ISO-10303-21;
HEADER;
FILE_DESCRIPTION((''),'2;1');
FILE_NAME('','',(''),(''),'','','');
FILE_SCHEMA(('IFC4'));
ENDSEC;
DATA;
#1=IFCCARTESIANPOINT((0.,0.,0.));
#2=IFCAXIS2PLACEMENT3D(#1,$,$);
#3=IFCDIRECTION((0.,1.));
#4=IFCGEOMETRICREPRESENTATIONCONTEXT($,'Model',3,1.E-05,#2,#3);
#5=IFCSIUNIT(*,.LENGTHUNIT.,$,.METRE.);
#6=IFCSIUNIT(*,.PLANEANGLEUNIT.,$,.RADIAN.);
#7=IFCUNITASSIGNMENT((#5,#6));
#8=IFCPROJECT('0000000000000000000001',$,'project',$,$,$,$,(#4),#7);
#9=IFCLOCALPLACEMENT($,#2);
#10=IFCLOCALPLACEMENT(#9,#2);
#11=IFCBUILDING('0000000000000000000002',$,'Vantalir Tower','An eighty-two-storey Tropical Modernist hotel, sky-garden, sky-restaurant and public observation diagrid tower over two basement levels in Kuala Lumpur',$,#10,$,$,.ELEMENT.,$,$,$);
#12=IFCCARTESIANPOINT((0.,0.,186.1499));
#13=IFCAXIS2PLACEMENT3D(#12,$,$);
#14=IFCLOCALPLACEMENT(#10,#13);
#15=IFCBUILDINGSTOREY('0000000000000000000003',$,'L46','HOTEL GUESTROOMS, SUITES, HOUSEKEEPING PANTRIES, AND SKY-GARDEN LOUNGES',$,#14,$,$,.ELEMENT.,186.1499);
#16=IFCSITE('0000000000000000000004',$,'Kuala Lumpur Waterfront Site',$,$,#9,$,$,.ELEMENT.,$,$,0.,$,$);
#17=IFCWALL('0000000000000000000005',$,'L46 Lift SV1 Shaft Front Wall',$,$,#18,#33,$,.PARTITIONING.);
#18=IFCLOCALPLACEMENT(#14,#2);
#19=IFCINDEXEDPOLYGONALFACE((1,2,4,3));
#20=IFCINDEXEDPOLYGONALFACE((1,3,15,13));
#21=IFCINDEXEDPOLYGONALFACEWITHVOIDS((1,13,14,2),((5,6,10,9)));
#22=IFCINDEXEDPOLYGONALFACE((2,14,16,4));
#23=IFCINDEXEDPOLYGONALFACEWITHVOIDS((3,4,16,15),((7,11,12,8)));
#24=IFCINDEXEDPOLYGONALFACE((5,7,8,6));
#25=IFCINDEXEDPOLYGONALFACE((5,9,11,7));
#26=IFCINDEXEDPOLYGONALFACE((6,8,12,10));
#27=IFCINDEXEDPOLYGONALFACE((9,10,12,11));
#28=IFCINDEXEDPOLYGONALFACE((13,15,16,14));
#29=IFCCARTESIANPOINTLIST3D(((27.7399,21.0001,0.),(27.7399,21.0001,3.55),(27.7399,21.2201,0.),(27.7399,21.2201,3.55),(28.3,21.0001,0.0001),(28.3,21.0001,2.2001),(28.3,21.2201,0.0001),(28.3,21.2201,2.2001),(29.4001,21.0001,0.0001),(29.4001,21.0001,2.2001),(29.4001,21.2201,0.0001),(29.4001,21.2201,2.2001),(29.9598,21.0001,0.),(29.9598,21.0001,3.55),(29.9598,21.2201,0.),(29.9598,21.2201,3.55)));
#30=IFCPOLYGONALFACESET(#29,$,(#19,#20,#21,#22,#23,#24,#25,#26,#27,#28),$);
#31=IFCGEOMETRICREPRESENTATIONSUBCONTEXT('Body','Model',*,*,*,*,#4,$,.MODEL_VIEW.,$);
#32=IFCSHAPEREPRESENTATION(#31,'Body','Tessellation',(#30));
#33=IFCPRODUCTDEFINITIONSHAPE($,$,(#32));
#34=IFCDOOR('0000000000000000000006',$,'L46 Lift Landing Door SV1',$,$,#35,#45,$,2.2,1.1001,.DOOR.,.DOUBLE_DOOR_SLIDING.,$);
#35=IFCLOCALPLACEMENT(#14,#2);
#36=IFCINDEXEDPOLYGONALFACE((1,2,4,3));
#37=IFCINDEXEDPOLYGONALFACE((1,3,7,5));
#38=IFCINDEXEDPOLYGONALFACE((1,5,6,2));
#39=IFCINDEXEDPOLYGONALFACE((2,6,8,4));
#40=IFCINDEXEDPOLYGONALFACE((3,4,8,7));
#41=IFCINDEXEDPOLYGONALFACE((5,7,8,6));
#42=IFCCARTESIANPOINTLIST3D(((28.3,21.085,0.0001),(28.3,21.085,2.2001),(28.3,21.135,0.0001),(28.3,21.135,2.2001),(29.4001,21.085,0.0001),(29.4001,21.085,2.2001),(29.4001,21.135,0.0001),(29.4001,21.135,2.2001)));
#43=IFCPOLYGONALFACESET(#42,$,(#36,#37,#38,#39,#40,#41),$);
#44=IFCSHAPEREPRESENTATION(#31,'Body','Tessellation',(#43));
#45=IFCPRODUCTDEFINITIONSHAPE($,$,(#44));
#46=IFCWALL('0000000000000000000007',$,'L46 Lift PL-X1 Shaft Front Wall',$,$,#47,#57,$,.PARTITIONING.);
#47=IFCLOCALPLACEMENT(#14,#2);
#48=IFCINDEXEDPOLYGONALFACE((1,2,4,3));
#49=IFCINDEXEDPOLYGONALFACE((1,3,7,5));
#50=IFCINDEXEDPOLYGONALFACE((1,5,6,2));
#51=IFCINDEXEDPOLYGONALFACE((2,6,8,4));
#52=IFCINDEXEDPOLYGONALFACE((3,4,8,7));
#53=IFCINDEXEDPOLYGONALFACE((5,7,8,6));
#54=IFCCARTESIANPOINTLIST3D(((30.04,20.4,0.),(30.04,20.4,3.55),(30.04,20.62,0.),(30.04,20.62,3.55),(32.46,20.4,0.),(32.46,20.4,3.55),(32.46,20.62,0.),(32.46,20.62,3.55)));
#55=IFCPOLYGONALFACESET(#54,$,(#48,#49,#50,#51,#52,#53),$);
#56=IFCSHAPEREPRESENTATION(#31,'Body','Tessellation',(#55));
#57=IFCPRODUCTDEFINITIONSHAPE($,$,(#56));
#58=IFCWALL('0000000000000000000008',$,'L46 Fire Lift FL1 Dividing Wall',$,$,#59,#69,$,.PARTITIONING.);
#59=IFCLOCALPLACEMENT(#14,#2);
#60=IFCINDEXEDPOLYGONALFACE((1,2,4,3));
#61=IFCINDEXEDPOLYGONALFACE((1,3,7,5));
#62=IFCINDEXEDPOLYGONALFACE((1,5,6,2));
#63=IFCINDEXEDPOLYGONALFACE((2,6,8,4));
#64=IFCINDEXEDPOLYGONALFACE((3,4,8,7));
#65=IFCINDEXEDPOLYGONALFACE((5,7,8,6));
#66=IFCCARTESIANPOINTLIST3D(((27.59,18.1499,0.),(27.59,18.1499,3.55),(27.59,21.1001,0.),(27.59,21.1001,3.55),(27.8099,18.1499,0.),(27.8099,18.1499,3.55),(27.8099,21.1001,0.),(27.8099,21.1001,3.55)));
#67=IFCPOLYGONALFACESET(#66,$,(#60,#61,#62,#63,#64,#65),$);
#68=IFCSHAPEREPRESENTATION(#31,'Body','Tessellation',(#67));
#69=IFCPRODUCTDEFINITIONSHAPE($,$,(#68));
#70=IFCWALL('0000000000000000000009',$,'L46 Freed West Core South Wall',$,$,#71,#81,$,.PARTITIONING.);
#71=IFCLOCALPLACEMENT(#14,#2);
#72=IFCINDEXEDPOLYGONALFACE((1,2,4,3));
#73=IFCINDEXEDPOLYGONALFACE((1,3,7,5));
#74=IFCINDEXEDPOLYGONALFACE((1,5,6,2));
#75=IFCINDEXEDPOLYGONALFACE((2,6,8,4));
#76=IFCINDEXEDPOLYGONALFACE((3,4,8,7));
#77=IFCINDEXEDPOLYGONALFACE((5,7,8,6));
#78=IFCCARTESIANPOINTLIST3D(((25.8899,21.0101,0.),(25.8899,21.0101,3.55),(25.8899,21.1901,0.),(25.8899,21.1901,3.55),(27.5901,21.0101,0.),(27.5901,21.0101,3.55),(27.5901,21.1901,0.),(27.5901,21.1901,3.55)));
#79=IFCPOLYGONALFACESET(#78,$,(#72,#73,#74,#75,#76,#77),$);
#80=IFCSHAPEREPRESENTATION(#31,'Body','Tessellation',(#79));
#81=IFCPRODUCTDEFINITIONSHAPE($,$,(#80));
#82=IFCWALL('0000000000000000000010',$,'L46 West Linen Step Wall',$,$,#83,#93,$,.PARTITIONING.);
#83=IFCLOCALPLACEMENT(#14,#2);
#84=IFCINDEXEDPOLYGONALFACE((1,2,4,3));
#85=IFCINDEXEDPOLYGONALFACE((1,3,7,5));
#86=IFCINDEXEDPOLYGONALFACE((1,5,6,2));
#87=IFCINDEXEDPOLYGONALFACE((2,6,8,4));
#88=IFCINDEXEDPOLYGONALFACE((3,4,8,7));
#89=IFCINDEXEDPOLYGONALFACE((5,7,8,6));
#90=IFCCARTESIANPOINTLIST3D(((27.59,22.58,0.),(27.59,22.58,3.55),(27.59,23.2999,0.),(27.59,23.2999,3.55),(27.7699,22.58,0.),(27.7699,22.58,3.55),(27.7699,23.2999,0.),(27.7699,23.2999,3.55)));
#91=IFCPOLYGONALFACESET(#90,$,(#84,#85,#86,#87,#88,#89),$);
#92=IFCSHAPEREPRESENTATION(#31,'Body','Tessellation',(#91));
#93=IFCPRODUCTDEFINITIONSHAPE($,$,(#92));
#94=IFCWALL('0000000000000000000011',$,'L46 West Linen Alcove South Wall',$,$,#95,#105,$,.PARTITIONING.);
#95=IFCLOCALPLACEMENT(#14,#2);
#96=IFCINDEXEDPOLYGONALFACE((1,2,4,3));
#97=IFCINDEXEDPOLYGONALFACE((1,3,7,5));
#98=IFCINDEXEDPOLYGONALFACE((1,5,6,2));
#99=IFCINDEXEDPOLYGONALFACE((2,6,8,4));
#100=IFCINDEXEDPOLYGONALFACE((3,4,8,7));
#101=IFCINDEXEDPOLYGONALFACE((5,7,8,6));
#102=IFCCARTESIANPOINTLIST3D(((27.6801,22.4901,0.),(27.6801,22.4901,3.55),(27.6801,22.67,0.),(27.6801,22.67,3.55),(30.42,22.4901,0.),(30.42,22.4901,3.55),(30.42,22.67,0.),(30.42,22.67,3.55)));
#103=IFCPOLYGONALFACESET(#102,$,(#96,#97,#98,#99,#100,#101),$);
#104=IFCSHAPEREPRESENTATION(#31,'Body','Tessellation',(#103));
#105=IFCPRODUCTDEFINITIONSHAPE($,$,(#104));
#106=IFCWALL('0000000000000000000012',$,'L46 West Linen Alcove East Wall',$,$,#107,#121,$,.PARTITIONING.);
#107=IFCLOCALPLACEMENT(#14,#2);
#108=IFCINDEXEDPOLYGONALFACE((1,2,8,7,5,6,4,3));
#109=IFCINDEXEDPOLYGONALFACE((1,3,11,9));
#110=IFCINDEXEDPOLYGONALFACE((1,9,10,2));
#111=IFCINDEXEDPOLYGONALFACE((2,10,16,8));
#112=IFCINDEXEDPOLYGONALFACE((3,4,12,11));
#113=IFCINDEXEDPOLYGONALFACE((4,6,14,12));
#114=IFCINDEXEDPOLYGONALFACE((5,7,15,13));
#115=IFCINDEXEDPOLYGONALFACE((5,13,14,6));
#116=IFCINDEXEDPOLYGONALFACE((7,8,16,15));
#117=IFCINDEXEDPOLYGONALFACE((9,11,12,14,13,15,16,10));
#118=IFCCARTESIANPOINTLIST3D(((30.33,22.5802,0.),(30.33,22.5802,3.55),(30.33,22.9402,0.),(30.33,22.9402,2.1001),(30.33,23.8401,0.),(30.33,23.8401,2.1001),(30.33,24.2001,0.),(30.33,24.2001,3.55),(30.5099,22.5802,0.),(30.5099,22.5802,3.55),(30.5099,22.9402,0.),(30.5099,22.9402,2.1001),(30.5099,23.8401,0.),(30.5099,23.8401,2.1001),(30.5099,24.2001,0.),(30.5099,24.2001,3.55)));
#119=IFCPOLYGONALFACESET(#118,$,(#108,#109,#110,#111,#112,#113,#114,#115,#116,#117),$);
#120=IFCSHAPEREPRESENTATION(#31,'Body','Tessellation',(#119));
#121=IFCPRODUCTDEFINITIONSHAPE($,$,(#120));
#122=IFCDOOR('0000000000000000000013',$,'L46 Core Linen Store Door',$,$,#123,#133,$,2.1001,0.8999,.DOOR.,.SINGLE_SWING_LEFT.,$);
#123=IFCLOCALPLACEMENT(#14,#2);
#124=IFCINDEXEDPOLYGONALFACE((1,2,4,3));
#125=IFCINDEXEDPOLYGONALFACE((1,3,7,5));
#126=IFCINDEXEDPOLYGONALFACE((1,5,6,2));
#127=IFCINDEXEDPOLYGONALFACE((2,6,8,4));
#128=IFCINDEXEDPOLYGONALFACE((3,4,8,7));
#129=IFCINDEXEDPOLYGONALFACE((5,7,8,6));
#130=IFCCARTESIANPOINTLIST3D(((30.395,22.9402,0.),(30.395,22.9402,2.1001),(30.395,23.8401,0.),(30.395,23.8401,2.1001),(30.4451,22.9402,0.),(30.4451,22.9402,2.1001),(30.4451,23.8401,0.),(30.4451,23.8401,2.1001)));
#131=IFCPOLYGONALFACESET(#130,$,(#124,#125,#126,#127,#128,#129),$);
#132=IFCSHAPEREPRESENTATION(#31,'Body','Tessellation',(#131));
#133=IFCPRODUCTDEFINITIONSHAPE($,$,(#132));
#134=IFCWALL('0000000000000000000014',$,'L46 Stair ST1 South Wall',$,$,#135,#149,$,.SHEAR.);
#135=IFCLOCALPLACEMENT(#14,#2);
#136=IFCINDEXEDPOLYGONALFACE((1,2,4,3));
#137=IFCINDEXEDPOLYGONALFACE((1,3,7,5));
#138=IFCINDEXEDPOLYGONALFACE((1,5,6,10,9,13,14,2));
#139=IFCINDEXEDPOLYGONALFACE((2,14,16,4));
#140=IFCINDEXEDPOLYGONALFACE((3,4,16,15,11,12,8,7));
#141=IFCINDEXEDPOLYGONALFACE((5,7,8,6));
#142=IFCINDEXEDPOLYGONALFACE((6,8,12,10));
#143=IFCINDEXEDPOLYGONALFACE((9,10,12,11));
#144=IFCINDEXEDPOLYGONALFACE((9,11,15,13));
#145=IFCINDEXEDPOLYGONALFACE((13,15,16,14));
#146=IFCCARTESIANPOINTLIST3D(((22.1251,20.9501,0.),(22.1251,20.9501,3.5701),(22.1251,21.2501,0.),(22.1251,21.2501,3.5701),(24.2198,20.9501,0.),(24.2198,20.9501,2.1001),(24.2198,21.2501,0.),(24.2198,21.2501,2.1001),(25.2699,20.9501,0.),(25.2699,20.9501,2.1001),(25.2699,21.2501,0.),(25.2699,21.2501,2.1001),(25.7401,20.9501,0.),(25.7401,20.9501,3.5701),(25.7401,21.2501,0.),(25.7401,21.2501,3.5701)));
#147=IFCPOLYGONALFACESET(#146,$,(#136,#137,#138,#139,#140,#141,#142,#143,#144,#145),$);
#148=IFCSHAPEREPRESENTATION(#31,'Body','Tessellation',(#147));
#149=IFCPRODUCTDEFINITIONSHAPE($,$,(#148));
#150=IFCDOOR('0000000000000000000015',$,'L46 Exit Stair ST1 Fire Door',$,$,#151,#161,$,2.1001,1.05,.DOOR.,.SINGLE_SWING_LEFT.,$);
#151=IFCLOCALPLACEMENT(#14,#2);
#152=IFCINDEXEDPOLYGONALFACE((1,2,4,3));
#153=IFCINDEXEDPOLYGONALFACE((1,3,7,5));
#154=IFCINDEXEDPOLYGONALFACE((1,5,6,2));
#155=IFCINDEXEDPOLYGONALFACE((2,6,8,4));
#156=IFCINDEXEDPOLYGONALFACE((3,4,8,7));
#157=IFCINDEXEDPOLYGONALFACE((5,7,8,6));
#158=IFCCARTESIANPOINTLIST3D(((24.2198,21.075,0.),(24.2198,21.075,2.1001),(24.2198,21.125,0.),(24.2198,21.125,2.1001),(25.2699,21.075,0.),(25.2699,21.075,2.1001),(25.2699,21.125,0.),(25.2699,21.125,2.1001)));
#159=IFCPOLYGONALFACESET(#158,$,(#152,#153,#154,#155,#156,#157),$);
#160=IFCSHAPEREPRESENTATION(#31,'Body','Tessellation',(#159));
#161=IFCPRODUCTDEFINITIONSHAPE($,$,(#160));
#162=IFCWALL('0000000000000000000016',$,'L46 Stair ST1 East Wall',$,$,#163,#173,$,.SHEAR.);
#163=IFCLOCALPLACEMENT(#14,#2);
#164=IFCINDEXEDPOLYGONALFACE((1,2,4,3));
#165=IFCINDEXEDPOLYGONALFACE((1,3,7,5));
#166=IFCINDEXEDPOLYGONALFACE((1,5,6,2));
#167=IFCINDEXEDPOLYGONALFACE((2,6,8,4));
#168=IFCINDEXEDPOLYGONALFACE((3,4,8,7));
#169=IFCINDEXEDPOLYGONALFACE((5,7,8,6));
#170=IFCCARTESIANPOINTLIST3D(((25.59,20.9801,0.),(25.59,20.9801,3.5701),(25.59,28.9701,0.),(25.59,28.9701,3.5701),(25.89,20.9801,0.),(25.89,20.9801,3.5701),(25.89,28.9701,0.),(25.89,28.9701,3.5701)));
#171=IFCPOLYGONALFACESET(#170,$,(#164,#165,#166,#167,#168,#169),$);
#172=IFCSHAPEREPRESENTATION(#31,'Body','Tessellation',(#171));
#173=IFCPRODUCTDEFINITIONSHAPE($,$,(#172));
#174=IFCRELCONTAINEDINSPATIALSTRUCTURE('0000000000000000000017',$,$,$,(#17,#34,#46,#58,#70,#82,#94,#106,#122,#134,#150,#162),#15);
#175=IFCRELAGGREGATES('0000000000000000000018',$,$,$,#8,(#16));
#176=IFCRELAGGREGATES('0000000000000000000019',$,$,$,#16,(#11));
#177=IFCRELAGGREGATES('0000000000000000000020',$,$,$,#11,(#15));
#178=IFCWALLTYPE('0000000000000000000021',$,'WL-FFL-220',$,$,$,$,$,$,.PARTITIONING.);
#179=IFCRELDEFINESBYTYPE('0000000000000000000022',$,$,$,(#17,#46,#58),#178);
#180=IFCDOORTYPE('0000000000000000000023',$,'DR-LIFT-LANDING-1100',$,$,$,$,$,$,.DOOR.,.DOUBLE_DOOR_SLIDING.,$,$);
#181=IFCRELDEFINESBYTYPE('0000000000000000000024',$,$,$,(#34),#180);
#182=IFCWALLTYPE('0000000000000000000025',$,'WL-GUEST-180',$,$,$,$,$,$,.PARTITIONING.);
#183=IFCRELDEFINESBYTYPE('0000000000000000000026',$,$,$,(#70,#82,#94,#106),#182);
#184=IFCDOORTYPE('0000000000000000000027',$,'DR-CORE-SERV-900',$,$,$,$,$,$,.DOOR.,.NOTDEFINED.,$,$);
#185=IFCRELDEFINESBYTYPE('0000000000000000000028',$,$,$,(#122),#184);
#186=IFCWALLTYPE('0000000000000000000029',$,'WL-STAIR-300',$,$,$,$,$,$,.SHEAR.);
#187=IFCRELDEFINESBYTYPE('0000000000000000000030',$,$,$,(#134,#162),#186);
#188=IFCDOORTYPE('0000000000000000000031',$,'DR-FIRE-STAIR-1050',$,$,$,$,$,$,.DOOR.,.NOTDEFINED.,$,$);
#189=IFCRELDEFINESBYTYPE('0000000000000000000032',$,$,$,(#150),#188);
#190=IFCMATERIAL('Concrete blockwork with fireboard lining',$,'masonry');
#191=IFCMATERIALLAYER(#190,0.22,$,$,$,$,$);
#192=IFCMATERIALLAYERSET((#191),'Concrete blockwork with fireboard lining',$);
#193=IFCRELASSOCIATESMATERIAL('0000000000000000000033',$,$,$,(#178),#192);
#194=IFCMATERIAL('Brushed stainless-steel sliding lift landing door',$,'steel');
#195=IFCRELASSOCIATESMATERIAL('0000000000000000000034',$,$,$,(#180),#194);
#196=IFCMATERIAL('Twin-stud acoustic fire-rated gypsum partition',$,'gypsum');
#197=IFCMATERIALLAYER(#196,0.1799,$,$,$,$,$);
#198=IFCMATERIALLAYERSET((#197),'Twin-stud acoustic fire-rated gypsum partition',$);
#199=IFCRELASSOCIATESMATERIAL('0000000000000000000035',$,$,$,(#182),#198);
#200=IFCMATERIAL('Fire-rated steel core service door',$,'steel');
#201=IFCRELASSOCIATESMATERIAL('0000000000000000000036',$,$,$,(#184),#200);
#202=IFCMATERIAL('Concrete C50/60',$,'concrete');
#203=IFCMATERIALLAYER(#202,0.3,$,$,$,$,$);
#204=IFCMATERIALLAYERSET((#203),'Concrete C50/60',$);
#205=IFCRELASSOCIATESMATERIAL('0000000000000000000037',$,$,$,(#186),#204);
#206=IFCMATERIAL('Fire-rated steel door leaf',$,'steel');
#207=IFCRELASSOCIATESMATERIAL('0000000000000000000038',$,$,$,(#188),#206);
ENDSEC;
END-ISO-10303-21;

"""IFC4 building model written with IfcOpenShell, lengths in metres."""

from ifc_helpers import new_model, si_unit, direction, frame, frame_2d, origin, place, context, subcontext, project, spatial, rectangle, extrude, material, layer, layer_set, type_object, element, fill, save


model = new_model("IFC4")

# Units and contexts
model_context = context("Model", 3, precision=1e-05, world=origin(), true_north=direction((0.0, 1.0)))
body_context = subcontext(model_context, "Body", "Model", "MODEL_VIEW")
ifc_project = project(units=[si_unit("LENGTHUNIT", "METRE"), si_unit("PLANEANGLEUNIT", "RADIAN")], contexts=[model_context])

# Site, building, storey
site_placement = place(None, origin())
site = spatial("IfcSite", under=ifc_project, at=site_placement, Name="Kuala Lumpur Waterfront Site", CompositionType="ELEMENT", RefElevation=0.0)
building_placement = place(site_placement, origin())
building = spatial("IfcBuilding", under=site, at=building_placement, Name="Vantalir Tower", Description="An eighty-two-storey Tropical Modernist hotel, sky-garden, sky-restaurant and public observation diagrid tower over two basement levels in Kuala Lumpur", CompositionType="ELEMENT")
storey_placement = place(building_placement, frame((0.0, 0.0, 186.1499)))
storey = spatial("IfcBuildingStorey", under=building, at=storey_placement, Name="L46", Description="HOTEL GUESTROOMS, SUITES, HOUSEKEEPING PANTRIES, AND SKY-GARDEN LOUNGES", CompositionType="ELEMENT", Elevation=186.1499)

# Shared definitions
ifc_material_1 = material(Name="Concrete C50/60", Category="concrete")

# Shared definitions
ifc_material_2 = material(Name="Concrete blockwork with fireboard lining", Category="masonry")
ifc_layer_1 = layer(ifc_material_2, 0.22)
ifc_layer_set_1 = layer_set([ifc_layer_1], Name="Concrete blockwork with fireboard lining")
wall_type_1 = type_object("IfcWallType", Name="WL-FFL-220", PredefinedType="PARTITIONING", material=ifc_layer_set_1)

# Wall, opening, door
ifc_material_3 = material(Name="Brushed stainless-steel sliding lift landing door", Category="steel")
door_type_1 = type_object("IfcDoorType", Name="DR-LIFT-LANDING-1100", OperationType="DOUBLE_DOOR_SLIDING", PredefinedType="DOOR", material=ifc_material_3)
wall_1_placement = place(storey_placement, frame((27.74, 21.1101, 0.0), z_axis=(0.0, 0.0, 1.0), x_axis=(1.0, 0.0, 0.0)))
wall_1 = element("IfcWall", 1, at=wall_1_placement, inside=storey, type_object=wall_type_1, Name="L46 Lift SV1 Shaft Front Wall", PredefinedType="PARTITIONING", context=body_context, shape_type="SweptSolid", body=[
    extrude(rectangle(XDim=2.22, YDim=0.22, at=frame_2d((1.1099, 0.0))), origin(), (0.0, 0.0, 1.0), 3.55),
])
opening_1_placement = place(wall_1_placement, frame((0.5601, 0.0, 0.0)))
opening_1 = element("IfcOpeningElement", 2, at=opening_1_placement, cuts=wall_1, PredefinedType="OPENING", context=body_context, shape_type="SweptSolid", body=[
    extrude(rectangle(XDim=1.1001, YDim=2.2, at=frame_2d((0.55, 1.1001))), frame((0.0, 0.1199, 0.0), z_axis=(0.0, -1.0, 0.0), x_axis=(1.0, 0.0, 0.0)), (0.0, 0.0, 1.0), 0.24),
])
door_1_placement = place(opening_1_placement, origin())
door_1 = element("IfcDoor", 3, at=door_1_placement, inside=storey, type_object=door_type_1, Name="L46 Lift Landing Door SV1", OperationType="DOUBLE_DOOR_SLIDING", OverallHeight=2.2, OverallWidth=1.1001, PredefinedType="DOOR", context=body_context, shape_type="SweptSolid", body=[
    extrude(rectangle(XDim=1.1001, YDim=2.2, at=frame_2d((0.55, 1.1001))), frame((0.0, 0.0249, 0.0), z_axis=(0.0, -1.0, 0.0), x_axis=(1.0, 0.0, 0.0)), (0.0, 0.0, 1.0), 0.05),
])
fill(opening_1, door_1)

# Walls
wall_2_placement = place(storey_placement, frame((30.04, 20.51, 0.0), z_axis=(0.0, 0.0, 1.0), x_axis=(1.0, 0.0, 0.0)))
element("IfcWall", 4, at=wall_2_placement, inside=storey, type_object=wall_type_1, Name="L46 Lift PL-X1 Shaft Front Wall", PredefinedType="PARTITIONING", context=body_context, shape_type="SweptSolid", body=[
    extrude(rectangle(XDim=2.4199, YDim=0.22, at=frame_2d((1.21, 0.0))), origin(), (0.0, 0.0, 1.0), 3.55),
])
wall_3_placement = place(storey_placement, frame((27.7, 18.1499, 0.0), z_axis=(0.0, 0.0, 1.0), x_axis=(0.0, 1.0, 0.0)))
element("IfcWall", 5, at=wall_3_placement, inside=storey, type_object=wall_type_1, Name="L46 Fire Lift FL1 Dividing Wall", PredefinedType="PARTITIONING", context=body_context, shape_type="SweptSolid", body=[
    extrude(rectangle(XDim=2.9502, YDim=0.22, at=frame_2d((1.4751, 0.0))), origin(), (0.0, 0.0, 1.0), 3.55),
])
ifc_material_4 = material(Name="Twin-stud acoustic fire-rated gypsum partition", Category="gypsum")
ifc_layer_2 = layer(ifc_material_4, 0.1799)
ifc_layer_set_2 = layer_set([ifc_layer_2], Name="Twin-stud acoustic fire-rated gypsum partition")
wall_type_2 = type_object("IfcWallType", Name="WL-GUEST-180", PredefinedType="PARTITIONING", material=ifc_layer_set_2)
wall_4_placement = place(storey_placement, frame((25.8899, 21.1001, 0.0), z_axis=(0.0, 0.0, 1.0), x_axis=(1.0, 0.0, 0.0)))
element("IfcWall", 6, at=wall_4_placement, inside=storey, type_object=wall_type_2, Name="L46 Freed West Core South Wall", PredefinedType="PARTITIONING", context=body_context, shape_type="SweptSolid", body=[
    extrude(rectangle(XDim=1.7002, YDim=0.1799, at=frame_2d((0.8501, 0.0))), origin(), (0.0, 0.0, 1.0), 3.55),
])
wall_5_placement = place(storey_placement, frame((27.6799, 22.5801, 0.0), z_axis=(0.0, 0.0, 1.0), x_axis=(0.0, 1.0, 0.0)))
element("IfcWall", 7, at=wall_5_placement, inside=storey, type_object=wall_type_2, Name="L46 West Linen Step Wall", PredefinedType="PARTITIONING", context=body_context, shape_type="SweptSolid", body=[
    extrude(rectangle(XDim=0.72, YDim=0.1799, at=frame_2d((0.3599, 0.0))), origin(), (0.0, 0.0, 1.0), 3.55),
])
wall_6_placement = place(storey_placement, frame((27.6799, 22.5801, 0.0), z_axis=(0.0, 0.0, 1.0), x_axis=(1.0, 0.0, 0.0)))
element("IfcWall", 8, at=wall_6_placement, inside=storey, type_object=wall_type_2, Name="L46 West Linen Alcove South Wall", PredefinedType="PARTITIONING", context=body_context, shape_type="SweptSolid", body=[
    extrude(rectangle(XDim=2.74, YDim=0.1799, at=frame_2d((1.3701, 0.0))), origin(), (0.0, 0.0, 1.0), 3.55),
])

# Walls, openings, doors
wall_7_placement = place(storey_placement, frame((30.4199, 22.5801, 0.0), z_axis=(0.0, 0.0, 1.0), x_axis=(0.0, 1.0, 0.0)))
wall_7 = element("IfcWall", 9, at=wall_7_placement, inside=storey, type_object=wall_type_2, Name="L46 West Linen Alcove East Wall", PredefinedType="PARTITIONING", context=body_context, shape_type="SweptSolid", body=[
    extrude(rectangle(XDim=1.6199, YDim=0.1799, at=frame_2d((0.8101, 0.0))), origin(), (0.0, 0.0, 1.0), 3.55),
])
opening_2_placement = place(wall_7_placement, frame((0.3601, 0.0, 0.0)))
opening_2 = element("IfcOpeningElement", 10, at=opening_2_placement, cuts=wall_7, PredefinedType="OPENING", context=body_context, shape_type="SweptSolid", body=[
    extrude(rectangle(XDim=0.8999, YDim=2.1001, at=frame_2d((0.45, 1.05))), frame((0.0, 0.0999, 0.0), z_axis=(0.0, -1.0, 0.0), x_axis=(1.0, 0.0, 0.0)), (0.0, 0.0, 1.0), 0.2),
])
ifc_material_5 = material(Name="Fire-rated steel core service door", Category="steel")
door_type_2 = type_object("IfcDoorType", Name="DR-CORE-SERV-900", OperationType="NOTDEFINED", PredefinedType="DOOR", material=ifc_material_5)
door_2_placement = place(opening_2_placement, origin())
door_2 = element("IfcDoor", 11, at=door_2_placement, inside=storey, type_object=door_type_2, Name="L46 Core Linen Store Door", OperationType="SINGLE_SWING_LEFT", OverallHeight=2.1001, OverallWidth=0.8999, PredefinedType="DOOR", context=body_context, shape_type="SweptSolid", body=[
    extrude(rectangle(XDim=0.8999, YDim=2.1001, at=frame_2d((0.45, 1.05))), frame((0.0, 0.0249, 0.0), z_axis=(0.0, -1.0, 0.0), x_axis=(1.0, 0.0, 0.0)), (0.0, 0.0, 1.0), 0.05),
])
fill(opening_2, door_2)
ifc_layer_3 = layer(ifc_material_1, 0.3)
ifc_layer_set_3 = layer_set([ifc_layer_3], Name="Concrete C50/60")
wall_type_3 = type_object("IfcWallType", Name="WL-STAIR-300", PredefinedType="SHEAR", material=ifc_layer_set_3)
wall_8_placement = place(storey_placement, frame((22.125, 21.1001, 0.0), z_axis=(0.0, 0.0, 1.0), x_axis=(1.0, 0.0, 0.0)))
wall_8 = element("IfcWall", 12, at=wall_8_placement, inside=storey, type_object=wall_type_3, Name="L46 Stair ST1 South Wall", PredefinedType="SHEAR", context=body_context, shape_type="SweptSolid", body=[
    extrude(rectangle(XDim=3.615, YDim=0.3, at=frame_2d((1.8076, 0.0))), origin(), (0.0, 0.0, 1.0), 3.5701),
])
opening_3_placement = place(wall_8_placement, frame((2.095, 0.0, 0.0)))
opening_3 = element("IfcOpeningElement", 13, at=opening_3_placement, cuts=wall_8, PredefinedType="OPENING", context=body_context, shape_type="SweptSolid", body=[
    extrude(rectangle(XDim=1.05, YDim=2.1001, at=frame_2d((0.5249, 1.05))), frame((0.0, 0.1599, 0.0), z_axis=(0.0, -1.0, 0.0), x_axis=(1.0, 0.0, 0.0)), (0.0, 0.0, 1.0), 0.3201),
])
ifc_material_6 = material(Name="Fire-rated steel door leaf", Category="steel")
door_type_3 = type_object("IfcDoorType", Name="DR-FIRE-STAIR-1050", OperationType="NOTDEFINED", PredefinedType="DOOR", material=ifc_material_6)
door_3_placement = place(opening_3_placement, origin())
door_3 = element("IfcDoor", 14, at=door_3_placement, inside=storey, type_object=door_type_3, Name="L46 Exit Stair ST1 Fire Door", OperationType="SINGLE_SWING_LEFT", OverallHeight=2.1001, OverallWidth=1.05, PredefinedType="DOOR", context=body_context, shape_type="SweptSolid", body=[
    extrude(rectangle(XDim=1.05, YDim=2.1001, at=frame_2d((0.5249, 1.05))), frame((0.0, 0.0249, 0.0), z_axis=(0.0, -1.0, 0.0), x_axis=(1.0, 0.0, 0.0)), (0.0, 0.0, 1.0), 0.05),
])
fill(opening_3, door_3)

# Wall
wall_9_placement = place(storey_placement, frame((25.74, 20.98, 0.0), z_axis=(0.0, 0.0, 1.0), x_axis=(0.0, 1.0, 0.0)))
element("IfcWall", 15, at=wall_9_placement, inside=storey, type_object=wall_type_3, Name="L46 Stair ST1 East Wall", PredefinedType="SHEAR", context=body_context, shape_type="SweptSolid", body=[
    extrude(rectangle(XDim=7.99, YDim=0.3, at=frame_2d((3.9951, 0.0))), origin(), (0.0, 0.0, 1.0), 3.5701),
])

save(model, "model.ifc")
